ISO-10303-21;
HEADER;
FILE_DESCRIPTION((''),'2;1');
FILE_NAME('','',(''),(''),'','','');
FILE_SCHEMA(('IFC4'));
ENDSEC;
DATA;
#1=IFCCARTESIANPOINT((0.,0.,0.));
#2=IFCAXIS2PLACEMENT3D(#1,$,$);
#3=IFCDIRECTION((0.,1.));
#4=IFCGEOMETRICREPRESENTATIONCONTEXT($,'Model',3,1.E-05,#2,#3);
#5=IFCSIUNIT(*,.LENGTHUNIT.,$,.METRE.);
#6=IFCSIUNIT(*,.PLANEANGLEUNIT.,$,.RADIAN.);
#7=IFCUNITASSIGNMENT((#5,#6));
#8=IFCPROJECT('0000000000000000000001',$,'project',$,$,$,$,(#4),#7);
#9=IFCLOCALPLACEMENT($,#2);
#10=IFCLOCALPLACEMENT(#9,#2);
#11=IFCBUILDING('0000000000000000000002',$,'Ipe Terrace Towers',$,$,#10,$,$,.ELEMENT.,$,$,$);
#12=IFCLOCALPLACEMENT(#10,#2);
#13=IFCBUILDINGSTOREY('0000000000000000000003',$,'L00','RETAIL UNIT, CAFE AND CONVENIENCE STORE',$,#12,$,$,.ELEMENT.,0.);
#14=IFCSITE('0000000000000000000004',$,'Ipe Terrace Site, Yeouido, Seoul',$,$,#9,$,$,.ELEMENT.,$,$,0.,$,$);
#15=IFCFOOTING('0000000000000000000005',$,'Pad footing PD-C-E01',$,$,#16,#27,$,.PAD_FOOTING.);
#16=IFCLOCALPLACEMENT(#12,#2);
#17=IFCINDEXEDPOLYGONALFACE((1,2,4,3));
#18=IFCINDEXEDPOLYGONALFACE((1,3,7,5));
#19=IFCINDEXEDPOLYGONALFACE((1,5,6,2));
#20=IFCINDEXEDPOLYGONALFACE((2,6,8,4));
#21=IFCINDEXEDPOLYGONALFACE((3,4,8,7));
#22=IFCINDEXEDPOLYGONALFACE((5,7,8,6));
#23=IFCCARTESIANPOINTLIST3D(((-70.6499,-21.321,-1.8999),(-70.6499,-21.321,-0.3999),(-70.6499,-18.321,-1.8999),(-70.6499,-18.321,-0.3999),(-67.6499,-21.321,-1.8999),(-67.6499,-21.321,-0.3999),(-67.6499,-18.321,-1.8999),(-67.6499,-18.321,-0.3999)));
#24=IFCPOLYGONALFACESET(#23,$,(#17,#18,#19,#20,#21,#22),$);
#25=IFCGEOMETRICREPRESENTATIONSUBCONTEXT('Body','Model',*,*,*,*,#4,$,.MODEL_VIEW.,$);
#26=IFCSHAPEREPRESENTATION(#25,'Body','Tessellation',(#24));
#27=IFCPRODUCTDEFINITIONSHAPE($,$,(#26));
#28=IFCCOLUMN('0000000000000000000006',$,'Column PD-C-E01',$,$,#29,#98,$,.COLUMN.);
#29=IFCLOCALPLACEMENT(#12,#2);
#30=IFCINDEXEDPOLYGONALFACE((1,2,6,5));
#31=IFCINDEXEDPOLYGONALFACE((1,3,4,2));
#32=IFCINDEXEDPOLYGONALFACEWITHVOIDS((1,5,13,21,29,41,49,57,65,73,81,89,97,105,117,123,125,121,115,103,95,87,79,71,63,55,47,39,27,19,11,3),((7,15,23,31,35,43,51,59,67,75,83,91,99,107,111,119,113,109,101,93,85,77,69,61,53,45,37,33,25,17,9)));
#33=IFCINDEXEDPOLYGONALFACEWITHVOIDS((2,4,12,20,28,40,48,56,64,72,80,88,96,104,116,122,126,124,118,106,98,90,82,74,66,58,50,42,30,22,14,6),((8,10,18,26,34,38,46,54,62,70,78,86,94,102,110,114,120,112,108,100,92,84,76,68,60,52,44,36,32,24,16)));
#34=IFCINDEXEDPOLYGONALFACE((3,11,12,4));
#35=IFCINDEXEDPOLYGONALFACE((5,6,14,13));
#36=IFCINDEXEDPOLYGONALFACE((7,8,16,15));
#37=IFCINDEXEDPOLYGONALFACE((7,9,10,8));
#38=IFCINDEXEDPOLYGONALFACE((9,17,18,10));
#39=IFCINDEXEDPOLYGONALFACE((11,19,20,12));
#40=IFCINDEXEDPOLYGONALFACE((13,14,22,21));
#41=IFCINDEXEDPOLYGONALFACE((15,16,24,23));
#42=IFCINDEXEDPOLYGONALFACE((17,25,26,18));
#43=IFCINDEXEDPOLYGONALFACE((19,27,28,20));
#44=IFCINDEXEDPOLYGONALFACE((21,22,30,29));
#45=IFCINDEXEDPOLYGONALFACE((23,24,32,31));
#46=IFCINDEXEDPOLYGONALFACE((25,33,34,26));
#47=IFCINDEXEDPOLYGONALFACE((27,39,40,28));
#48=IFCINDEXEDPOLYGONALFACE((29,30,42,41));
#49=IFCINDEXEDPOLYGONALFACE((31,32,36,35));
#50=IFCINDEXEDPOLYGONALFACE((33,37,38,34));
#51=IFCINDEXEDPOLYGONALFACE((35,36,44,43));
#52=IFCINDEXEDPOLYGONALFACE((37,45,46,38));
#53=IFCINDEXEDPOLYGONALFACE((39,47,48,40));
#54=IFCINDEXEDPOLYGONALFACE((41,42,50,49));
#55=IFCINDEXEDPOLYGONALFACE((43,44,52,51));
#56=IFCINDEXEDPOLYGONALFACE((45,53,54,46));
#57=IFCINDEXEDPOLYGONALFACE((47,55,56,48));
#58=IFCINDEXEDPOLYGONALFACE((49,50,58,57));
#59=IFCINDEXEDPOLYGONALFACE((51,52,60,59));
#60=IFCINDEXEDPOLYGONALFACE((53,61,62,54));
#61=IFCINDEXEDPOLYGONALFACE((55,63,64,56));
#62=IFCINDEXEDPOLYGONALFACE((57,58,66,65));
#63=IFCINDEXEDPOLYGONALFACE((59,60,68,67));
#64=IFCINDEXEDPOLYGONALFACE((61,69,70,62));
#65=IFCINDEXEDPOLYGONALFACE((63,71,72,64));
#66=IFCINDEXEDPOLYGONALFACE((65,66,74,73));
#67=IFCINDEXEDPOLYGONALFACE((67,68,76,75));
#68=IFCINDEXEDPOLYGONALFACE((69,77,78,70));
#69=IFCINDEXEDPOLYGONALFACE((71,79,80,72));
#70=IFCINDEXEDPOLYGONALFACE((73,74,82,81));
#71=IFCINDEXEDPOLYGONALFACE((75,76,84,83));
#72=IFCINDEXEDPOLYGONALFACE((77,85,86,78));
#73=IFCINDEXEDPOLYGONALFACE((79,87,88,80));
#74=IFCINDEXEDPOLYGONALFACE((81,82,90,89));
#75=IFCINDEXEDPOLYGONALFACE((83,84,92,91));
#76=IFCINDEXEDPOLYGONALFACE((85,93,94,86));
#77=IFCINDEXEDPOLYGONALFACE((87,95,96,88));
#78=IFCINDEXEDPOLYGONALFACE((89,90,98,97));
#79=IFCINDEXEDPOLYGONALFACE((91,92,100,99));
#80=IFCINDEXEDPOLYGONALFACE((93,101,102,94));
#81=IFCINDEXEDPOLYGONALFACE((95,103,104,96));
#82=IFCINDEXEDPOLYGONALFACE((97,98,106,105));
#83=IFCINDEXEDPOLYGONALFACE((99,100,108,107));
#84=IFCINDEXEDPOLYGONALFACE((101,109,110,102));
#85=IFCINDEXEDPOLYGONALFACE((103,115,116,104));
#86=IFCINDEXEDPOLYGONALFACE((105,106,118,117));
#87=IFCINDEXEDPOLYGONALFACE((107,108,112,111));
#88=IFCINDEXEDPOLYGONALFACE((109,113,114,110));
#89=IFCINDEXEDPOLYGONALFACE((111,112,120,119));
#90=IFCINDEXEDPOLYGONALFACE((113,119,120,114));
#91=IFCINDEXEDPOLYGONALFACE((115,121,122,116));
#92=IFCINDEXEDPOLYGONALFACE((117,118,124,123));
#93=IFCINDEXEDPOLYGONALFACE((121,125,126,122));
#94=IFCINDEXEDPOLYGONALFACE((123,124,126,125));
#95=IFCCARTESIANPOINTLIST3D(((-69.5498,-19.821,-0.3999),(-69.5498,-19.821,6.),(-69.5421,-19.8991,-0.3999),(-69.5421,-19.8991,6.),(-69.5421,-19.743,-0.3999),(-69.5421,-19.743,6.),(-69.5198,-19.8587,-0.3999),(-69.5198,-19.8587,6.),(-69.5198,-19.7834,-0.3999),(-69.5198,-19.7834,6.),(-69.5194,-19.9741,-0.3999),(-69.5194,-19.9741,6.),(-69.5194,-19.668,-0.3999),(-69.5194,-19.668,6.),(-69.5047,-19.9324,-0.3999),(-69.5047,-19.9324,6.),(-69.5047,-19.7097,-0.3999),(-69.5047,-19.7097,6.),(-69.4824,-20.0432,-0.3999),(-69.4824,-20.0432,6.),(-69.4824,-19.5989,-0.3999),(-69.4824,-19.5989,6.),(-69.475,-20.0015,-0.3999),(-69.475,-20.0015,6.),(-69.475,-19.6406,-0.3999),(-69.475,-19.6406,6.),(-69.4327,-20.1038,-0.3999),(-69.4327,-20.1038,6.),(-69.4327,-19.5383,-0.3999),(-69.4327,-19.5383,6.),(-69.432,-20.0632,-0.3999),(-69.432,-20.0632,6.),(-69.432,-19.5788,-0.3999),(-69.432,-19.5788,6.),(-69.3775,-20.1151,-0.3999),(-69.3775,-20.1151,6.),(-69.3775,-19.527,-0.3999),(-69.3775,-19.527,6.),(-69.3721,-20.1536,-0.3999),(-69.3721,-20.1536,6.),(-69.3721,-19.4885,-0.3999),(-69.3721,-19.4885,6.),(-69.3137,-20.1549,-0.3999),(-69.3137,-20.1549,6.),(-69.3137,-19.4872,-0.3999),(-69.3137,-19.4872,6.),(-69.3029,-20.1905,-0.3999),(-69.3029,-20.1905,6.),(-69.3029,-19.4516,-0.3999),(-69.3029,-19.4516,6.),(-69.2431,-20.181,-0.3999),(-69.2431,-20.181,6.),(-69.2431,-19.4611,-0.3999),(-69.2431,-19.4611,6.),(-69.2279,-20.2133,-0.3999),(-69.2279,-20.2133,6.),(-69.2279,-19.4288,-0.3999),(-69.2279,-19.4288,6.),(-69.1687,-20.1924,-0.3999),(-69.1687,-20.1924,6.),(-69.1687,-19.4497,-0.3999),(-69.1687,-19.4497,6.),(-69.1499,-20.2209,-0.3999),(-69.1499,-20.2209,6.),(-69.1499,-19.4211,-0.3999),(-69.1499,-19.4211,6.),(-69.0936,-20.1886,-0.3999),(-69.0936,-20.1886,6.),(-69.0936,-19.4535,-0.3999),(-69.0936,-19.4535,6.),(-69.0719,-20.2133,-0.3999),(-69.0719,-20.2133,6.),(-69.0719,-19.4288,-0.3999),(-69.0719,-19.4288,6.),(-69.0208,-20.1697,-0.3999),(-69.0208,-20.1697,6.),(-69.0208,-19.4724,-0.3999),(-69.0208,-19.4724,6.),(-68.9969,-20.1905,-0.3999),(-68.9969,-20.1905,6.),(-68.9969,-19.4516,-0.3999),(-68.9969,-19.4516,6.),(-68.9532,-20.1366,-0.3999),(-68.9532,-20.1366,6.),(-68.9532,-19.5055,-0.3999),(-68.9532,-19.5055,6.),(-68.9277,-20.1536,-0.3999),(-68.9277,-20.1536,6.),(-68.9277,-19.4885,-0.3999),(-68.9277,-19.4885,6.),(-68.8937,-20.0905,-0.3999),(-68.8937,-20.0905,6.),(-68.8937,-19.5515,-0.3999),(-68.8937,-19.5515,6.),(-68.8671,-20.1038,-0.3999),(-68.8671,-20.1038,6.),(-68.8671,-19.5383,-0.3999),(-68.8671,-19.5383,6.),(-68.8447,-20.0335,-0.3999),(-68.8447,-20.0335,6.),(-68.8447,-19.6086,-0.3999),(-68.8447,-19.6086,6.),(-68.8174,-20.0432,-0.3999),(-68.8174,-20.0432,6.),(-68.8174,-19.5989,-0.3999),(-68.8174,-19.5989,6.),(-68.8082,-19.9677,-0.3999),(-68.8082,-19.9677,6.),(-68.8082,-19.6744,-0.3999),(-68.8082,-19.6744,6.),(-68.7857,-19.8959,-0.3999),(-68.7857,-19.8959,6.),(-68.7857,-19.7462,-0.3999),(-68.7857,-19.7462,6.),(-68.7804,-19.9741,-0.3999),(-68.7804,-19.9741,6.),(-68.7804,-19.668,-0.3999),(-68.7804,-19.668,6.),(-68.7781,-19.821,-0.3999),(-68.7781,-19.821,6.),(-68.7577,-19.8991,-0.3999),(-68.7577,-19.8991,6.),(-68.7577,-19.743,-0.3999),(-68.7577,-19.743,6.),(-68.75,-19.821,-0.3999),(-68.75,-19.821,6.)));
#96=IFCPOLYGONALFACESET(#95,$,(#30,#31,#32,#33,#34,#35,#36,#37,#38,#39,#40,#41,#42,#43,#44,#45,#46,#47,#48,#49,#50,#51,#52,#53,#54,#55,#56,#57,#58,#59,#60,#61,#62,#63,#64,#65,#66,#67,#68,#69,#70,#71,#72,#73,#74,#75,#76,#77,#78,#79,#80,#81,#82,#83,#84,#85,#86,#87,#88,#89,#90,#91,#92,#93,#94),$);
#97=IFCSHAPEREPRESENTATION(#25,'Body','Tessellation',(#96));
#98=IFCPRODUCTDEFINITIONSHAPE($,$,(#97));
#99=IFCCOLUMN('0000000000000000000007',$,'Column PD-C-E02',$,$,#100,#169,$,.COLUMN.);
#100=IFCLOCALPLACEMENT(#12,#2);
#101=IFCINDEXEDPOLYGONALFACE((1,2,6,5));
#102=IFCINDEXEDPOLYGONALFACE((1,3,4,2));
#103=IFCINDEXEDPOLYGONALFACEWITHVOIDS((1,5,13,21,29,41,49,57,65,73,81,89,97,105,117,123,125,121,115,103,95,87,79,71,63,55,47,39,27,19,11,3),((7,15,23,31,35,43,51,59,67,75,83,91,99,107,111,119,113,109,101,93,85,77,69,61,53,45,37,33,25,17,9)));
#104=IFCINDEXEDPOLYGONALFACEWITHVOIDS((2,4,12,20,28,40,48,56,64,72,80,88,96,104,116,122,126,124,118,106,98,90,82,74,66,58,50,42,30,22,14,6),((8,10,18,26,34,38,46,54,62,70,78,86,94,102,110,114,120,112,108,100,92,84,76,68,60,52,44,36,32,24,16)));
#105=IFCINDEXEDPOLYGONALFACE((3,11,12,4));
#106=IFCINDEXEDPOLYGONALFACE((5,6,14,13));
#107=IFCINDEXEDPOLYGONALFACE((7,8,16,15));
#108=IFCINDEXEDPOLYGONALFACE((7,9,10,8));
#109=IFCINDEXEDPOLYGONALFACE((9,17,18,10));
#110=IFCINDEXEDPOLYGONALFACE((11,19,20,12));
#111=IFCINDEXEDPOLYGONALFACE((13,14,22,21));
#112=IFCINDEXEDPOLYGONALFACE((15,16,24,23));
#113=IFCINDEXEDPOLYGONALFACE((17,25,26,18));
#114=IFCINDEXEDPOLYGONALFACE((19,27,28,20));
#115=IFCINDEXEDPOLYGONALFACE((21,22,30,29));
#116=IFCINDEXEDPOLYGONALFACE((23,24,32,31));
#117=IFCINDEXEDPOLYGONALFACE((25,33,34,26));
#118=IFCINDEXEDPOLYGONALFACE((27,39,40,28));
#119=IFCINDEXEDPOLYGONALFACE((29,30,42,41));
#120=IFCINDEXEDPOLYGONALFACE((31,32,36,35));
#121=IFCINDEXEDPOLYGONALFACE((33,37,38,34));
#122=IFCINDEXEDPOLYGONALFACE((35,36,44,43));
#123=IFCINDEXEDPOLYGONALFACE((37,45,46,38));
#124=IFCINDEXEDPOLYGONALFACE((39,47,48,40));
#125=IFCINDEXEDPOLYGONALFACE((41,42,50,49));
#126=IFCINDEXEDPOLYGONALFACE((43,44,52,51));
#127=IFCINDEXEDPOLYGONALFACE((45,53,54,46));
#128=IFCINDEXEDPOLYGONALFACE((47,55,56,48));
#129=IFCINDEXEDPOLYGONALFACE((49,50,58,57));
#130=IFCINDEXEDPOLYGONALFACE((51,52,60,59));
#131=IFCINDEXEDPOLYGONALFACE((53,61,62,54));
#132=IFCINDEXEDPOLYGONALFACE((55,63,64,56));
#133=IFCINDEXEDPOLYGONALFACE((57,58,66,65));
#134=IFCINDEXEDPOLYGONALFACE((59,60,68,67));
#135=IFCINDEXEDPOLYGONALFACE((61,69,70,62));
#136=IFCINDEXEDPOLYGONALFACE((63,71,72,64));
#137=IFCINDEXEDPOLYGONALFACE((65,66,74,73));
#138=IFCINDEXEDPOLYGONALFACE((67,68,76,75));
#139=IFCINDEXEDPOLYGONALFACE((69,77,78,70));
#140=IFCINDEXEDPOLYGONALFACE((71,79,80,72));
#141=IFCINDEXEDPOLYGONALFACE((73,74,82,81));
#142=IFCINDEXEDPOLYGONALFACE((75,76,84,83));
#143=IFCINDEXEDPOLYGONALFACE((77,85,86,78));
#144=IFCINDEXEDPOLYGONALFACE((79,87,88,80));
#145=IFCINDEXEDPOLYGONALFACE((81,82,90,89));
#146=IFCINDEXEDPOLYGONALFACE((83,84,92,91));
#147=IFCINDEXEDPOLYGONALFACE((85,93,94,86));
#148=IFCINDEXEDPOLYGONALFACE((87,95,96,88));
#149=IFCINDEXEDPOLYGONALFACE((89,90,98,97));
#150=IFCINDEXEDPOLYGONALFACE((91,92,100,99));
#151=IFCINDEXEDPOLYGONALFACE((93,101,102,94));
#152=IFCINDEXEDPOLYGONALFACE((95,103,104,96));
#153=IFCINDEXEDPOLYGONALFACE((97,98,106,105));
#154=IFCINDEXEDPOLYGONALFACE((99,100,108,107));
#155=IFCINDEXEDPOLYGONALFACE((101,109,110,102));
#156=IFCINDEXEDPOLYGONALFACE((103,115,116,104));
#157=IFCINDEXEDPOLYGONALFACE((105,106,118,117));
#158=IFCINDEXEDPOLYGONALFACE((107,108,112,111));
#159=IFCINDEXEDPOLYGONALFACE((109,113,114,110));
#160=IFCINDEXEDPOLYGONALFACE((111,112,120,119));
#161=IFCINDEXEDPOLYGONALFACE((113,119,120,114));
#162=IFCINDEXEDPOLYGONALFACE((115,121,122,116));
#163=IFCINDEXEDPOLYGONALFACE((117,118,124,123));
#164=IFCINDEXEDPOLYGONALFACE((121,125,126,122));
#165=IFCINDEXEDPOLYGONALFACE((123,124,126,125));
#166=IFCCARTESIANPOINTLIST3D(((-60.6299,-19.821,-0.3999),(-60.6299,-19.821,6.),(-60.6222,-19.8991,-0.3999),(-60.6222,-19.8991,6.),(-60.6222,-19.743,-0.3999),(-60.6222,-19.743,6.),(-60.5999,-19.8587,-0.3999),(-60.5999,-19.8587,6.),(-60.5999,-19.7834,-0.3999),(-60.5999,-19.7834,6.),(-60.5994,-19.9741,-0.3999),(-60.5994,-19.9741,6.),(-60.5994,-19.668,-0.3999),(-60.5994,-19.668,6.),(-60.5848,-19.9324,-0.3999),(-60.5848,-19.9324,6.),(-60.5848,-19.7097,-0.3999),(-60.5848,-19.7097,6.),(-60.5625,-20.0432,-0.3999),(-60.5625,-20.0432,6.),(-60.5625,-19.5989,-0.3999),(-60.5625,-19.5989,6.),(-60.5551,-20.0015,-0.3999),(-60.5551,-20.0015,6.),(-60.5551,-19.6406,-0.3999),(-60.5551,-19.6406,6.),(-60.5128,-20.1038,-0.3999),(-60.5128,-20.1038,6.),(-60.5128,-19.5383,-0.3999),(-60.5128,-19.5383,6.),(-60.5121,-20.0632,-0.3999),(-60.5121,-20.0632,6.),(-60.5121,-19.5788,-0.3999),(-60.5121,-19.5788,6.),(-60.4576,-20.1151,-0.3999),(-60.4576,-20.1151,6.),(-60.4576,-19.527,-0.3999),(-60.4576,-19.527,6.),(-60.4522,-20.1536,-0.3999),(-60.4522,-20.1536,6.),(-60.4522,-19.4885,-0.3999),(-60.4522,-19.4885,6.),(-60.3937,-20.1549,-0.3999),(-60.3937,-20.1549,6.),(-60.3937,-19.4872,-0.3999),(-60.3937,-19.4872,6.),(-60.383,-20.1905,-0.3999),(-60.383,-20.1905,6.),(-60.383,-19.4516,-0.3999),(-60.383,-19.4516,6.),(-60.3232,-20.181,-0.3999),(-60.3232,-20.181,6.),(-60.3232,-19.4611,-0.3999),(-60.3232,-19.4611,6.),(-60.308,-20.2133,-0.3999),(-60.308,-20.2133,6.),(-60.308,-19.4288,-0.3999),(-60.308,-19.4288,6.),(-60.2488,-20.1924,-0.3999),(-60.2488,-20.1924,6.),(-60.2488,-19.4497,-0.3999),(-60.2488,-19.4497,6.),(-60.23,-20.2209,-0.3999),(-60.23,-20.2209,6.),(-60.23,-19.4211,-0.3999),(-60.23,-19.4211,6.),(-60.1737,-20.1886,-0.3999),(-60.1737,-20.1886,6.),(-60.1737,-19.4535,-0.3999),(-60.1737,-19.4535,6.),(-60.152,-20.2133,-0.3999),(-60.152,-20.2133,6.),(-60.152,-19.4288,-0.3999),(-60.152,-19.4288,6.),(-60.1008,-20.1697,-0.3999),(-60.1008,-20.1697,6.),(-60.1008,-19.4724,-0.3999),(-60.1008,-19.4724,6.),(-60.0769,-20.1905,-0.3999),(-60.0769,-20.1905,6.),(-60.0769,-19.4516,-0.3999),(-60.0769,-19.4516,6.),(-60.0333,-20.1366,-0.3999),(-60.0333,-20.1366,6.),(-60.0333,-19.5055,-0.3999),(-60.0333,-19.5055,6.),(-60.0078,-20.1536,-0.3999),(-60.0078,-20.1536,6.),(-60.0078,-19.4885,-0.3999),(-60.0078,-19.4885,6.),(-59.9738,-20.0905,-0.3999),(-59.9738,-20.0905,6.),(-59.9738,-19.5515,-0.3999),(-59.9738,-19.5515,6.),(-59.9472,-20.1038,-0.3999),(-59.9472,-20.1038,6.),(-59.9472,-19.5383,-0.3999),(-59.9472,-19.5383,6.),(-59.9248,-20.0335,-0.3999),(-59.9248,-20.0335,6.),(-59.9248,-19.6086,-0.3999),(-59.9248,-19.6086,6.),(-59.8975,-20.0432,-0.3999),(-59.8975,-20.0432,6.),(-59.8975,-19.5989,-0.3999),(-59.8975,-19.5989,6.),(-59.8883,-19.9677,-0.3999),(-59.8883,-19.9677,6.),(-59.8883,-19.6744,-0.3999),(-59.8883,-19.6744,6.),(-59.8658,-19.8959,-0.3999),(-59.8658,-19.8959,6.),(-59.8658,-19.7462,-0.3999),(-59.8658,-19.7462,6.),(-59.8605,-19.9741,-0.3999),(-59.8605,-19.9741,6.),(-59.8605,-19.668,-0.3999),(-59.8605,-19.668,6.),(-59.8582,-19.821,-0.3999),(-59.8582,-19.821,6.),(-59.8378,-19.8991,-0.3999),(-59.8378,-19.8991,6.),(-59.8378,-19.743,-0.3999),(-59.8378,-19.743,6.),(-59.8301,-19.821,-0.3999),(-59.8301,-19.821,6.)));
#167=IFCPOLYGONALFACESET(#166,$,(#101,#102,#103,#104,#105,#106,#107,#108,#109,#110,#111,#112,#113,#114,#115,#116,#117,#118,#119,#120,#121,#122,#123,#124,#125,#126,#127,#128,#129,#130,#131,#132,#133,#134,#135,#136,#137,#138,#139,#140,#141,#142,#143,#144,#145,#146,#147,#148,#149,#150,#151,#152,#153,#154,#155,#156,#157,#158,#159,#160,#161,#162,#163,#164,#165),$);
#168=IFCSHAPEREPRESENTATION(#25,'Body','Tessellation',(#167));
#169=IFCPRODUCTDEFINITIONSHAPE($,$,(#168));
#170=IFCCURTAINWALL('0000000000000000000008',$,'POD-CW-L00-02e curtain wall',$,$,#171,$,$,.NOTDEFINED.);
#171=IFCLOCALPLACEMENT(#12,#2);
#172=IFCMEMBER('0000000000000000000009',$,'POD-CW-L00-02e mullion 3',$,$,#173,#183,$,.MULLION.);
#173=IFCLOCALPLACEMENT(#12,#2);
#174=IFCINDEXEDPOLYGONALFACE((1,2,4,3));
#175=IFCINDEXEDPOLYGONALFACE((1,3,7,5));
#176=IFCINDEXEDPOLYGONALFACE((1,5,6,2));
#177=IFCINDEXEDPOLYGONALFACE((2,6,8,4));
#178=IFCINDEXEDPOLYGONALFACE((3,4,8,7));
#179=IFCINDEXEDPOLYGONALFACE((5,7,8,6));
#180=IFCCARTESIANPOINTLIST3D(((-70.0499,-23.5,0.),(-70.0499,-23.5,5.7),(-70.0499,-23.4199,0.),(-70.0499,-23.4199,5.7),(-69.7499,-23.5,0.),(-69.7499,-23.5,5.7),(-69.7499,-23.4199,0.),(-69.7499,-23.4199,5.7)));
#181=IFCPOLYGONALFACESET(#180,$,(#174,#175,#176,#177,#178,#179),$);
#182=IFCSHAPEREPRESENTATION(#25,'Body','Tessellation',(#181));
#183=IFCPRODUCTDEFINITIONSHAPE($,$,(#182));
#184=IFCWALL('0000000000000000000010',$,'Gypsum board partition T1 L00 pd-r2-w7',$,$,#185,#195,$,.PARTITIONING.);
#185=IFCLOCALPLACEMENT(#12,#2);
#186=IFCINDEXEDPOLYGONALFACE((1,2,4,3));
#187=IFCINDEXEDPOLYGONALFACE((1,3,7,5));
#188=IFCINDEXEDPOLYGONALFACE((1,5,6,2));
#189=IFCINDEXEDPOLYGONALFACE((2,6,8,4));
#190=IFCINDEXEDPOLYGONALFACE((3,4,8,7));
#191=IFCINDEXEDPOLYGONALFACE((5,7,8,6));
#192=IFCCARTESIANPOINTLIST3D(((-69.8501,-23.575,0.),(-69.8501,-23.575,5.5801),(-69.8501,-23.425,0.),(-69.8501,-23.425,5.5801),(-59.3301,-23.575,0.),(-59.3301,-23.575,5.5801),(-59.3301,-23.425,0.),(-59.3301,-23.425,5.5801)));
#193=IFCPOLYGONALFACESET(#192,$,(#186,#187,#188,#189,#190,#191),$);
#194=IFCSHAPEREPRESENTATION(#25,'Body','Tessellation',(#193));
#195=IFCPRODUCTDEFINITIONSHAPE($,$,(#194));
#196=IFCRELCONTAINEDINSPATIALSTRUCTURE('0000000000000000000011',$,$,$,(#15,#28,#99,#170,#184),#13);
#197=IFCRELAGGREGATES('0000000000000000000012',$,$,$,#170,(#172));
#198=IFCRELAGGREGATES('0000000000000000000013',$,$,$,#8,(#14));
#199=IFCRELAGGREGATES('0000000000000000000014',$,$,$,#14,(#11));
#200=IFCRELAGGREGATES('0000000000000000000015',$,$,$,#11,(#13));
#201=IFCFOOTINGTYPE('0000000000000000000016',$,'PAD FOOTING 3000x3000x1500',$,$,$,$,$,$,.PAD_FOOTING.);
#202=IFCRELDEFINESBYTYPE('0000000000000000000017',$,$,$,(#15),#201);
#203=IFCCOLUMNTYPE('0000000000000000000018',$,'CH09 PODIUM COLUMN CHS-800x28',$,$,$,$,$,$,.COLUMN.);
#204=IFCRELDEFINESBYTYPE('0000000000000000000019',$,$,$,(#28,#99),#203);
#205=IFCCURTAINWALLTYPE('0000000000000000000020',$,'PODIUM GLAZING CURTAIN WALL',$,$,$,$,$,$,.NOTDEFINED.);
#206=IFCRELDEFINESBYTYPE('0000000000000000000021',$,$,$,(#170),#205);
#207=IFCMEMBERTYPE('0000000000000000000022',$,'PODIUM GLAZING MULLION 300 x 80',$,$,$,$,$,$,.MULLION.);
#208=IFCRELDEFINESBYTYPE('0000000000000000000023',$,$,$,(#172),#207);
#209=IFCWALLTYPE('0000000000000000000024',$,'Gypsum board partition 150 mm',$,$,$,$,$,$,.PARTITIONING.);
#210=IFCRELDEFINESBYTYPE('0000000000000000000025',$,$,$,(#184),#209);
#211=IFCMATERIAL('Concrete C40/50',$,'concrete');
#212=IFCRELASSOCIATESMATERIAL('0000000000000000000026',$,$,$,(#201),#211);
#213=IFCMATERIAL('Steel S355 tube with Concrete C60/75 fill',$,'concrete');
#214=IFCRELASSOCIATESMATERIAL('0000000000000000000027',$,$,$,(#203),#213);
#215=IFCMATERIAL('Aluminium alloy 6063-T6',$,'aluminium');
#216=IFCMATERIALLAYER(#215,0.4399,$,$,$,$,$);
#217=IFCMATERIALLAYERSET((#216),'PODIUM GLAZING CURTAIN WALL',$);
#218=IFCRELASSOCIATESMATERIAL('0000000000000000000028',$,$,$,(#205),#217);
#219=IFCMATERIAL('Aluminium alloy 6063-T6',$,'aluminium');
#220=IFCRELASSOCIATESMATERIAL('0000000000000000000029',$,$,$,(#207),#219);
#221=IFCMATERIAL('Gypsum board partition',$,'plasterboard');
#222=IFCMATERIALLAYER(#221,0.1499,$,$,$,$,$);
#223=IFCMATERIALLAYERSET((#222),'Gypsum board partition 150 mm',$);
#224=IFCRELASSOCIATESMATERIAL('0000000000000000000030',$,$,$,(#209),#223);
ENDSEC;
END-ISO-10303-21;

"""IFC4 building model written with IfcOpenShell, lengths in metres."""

from ifc_helpers import new_model, si_unit, direction, frame, frame_2d, origin, origin_2d, place, context, subcontext, project, spatial, rectangle, hollow_circle, extrude, material, layer, layer_set, material_profile, profile_set, type_object, element, aggregate, save


model = new_model("IFC4")

# Units and contexts
model_context = context("Model", 3, precision=1e-05, world=origin(), true_north=direction((0.0, 1.0)))
body_context = subcontext(model_context, "Body", "Model", "MODEL_VIEW")
ifc_project = project(units=[si_unit("LENGTHUNIT", "METRE"), si_unit("PLANEANGLEUNIT", "RADIAN")], contexts=[model_context])

# Site, building, storey
site_placement = place(None, origin())
site = spatial("IfcSite", under=ifc_project, at=site_placement, Name="Ipe Terrace Site, Yeouido, Seoul", CompositionType="ELEMENT", RefElevation=0.0)
building_placement = place(site_placement, origin())
building = spatial("IfcBuilding", under=site, at=building_placement, Name="Ipe Terrace Towers", CompositionType="ELEMENT")
storey_placement = place(building_placement, origin())
storey = spatial("IfcBuildingStorey", under=building, at=storey_placement, Name="L00", Description="RETAIL UNIT, CAFE AND CONVENIENCE STORE", CompositionType="ELEMENT", Elevation=0.0)

# Footing
ifc_material_1 = material(Name="Concrete C40/50", Category="concrete")
footing_type = type_object("IfcFootingType", Name="PAD FOOTING 3000x3000x1500", PredefinedType="PAD_FOOTING", material=ifc_material_1)
footing_placement = place(storey_placement, frame((-69.1499, -19.821, -1.8999), z_axis=(0.0, 0.0, 1.0), x_axis=(1.0, 0.0, 0.0)))
element("IfcFooting", 1, at=footing_placement, inside=storey, type_object=footing_type, Name="Pad footing PD-C-E01", PredefinedType="PAD_FOOTING", context=body_context, shape_type="SweptSolid", body=[
    extrude(rectangle(XDim=3.0, YDim=3.0, at=origin_2d()), origin(), (0.0, 0.0, 1.0), 1.5),
])

# Columns
ifc_material_2 = material(Name="Steel S355 tube with Concrete C60/75 fill", Category="concrete")
ifc_material_profile_1 = material_profile(ifc_material_2, hollow_circle(Radius=0.3999, WallThickness=0.0281, at=origin_2d()), Name="CHS-800x28")
ifc_profile_set_1 = profile_set([ifc_material_profile_1], Name="Steel S355 tube with Concrete C60/75 fill")
column_type = type_object("IfcColumnType", Name="CH09 PODIUM COLUMN CHS-800x28", PredefinedType="COLUMN", material=ifc_profile_set_1)
for number, where, z_axis, x_axis, name in (
    (2, (-69.1499, -19.821, -0.3999), (0.0, 0.0, 1.0), (1.0, 0.0, 0.0), "Column PD-C-E01"),
    (3, (-60.23, -19.821, -0.3999), (0.0, 0.0, 1.0), (1.0, 0.0, 0.0), "Column PD-C-E02"),
):
    element("IfcColumn", number, at=place(storey_placement, frame(where, z_axis=z_axis, x_axis=x_axis)), inside=storey, type_object=column_type, Name=name, PredefinedType="COLUMN", context=body_context, shape_type="SweptSolid", body=[
        extrude(hollow_circle(Radius=0.3999, WallThickness=0.0281, at=origin_2d()), origin(), (0.0, 0.0, 1.0), 6.3999),
    ])

# Curtain wall, member
ifc_material_3 = material(Name="Aluminium alloy 6063-T6", Category="aluminium")
ifc_layer_1 = layer(ifc_material_3, 0.4399)
ifc_layer_set_1 = layer_set([ifc_layer_1], Name="PODIUM GLAZING CURTAIN WALL")
curtain_wall_type = type_object("IfcCurtainWallType", Name="PODIUM GLAZING CURTAIN WALL", PredefinedType="NOTDEFINED", material=ifc_layer_set_1)
curtain_wall_placement = place(storey_placement, origin())
curtain_wall = element("IfcCurtainWall", 4, at=curtain_wall_placement, inside=storey, type_object=curtain_wall_type, Name="POD-CW-L00-02e curtain wall", PredefinedType="NOTDEFINED")
ifc_material_4 = material(Name="Aluminium alloy 6063-T6", Category="aluminium")
ifc_material_profile_2 = material_profile(ifc_material_4, rectangle(XDim=0.3, YDim=0.0801, at=origin_2d()), Name="PODIUM GLAZING MULLION 300 x 80")
ifc_profile_set_2 = profile_set([ifc_material_profile_2], Name="Aluminium alloy 6063-T6")
member_type = type_object("IfcMemberType", Name="PODIUM GLAZING MULLION 300 x 80", PredefinedType="MULLION", material=ifc_profile_set_2)
member_placement = place(storey_placement, frame((-69.8999, -23.46, 0.0), z_axis=(0.0, 0.0, 1.0), x_axis=(-1.0, 0.0, 0.0)))
member = element("IfcMember", 5, at=member_placement, type_object=member_type, Name="POD-CW-L00-02e mullion 3", PredefinedType="MULLION", context=body_context, shape_type="SweptSolid", body=[
    extrude(rectangle(XDim=0.3, YDim=0.0801, at=origin_2d()), origin(), (0.0, 0.0, 1.0), 5.7),
])
aggregate(curtain_wall, [member])

# Wall
ifc_material_5 = material(Name="Gypsum board partition", Category="plasterboard")
ifc_layer_2 = layer(ifc_material_5, 0.1499)
ifc_layer_set_2 = layer_set([ifc_layer_2], Name="Gypsum board partition 150 mm")
wall_type_1 = type_object("IfcWallType", Name="Gypsum board partition 150 mm", PredefinedType="PARTITIONING", material=ifc_layer_set_2)
wall_1_placement = place(storey_placement, frame((-59.3301, -23.5, 0.0), z_axis=(0.0, 0.0, 1.0), x_axis=(-1.0, 0.0, 0.0)))
element("IfcWall", 6, at=wall_1_placement, inside=storey, type_object=wall_type_1, Name="Gypsum board partition T1 L00 pd-r2-w7", PredefinedType="PARTITIONING", context=body_context, shape_type="SweptSolid", body=[
    extrude(rectangle(XDim=10.52, YDim=0.1499, at=frame_2d((5.26, 0.0))), origin(), (0.0, 0.0, 1.0), 5.5801),
])

save(model, "model.ifc")
